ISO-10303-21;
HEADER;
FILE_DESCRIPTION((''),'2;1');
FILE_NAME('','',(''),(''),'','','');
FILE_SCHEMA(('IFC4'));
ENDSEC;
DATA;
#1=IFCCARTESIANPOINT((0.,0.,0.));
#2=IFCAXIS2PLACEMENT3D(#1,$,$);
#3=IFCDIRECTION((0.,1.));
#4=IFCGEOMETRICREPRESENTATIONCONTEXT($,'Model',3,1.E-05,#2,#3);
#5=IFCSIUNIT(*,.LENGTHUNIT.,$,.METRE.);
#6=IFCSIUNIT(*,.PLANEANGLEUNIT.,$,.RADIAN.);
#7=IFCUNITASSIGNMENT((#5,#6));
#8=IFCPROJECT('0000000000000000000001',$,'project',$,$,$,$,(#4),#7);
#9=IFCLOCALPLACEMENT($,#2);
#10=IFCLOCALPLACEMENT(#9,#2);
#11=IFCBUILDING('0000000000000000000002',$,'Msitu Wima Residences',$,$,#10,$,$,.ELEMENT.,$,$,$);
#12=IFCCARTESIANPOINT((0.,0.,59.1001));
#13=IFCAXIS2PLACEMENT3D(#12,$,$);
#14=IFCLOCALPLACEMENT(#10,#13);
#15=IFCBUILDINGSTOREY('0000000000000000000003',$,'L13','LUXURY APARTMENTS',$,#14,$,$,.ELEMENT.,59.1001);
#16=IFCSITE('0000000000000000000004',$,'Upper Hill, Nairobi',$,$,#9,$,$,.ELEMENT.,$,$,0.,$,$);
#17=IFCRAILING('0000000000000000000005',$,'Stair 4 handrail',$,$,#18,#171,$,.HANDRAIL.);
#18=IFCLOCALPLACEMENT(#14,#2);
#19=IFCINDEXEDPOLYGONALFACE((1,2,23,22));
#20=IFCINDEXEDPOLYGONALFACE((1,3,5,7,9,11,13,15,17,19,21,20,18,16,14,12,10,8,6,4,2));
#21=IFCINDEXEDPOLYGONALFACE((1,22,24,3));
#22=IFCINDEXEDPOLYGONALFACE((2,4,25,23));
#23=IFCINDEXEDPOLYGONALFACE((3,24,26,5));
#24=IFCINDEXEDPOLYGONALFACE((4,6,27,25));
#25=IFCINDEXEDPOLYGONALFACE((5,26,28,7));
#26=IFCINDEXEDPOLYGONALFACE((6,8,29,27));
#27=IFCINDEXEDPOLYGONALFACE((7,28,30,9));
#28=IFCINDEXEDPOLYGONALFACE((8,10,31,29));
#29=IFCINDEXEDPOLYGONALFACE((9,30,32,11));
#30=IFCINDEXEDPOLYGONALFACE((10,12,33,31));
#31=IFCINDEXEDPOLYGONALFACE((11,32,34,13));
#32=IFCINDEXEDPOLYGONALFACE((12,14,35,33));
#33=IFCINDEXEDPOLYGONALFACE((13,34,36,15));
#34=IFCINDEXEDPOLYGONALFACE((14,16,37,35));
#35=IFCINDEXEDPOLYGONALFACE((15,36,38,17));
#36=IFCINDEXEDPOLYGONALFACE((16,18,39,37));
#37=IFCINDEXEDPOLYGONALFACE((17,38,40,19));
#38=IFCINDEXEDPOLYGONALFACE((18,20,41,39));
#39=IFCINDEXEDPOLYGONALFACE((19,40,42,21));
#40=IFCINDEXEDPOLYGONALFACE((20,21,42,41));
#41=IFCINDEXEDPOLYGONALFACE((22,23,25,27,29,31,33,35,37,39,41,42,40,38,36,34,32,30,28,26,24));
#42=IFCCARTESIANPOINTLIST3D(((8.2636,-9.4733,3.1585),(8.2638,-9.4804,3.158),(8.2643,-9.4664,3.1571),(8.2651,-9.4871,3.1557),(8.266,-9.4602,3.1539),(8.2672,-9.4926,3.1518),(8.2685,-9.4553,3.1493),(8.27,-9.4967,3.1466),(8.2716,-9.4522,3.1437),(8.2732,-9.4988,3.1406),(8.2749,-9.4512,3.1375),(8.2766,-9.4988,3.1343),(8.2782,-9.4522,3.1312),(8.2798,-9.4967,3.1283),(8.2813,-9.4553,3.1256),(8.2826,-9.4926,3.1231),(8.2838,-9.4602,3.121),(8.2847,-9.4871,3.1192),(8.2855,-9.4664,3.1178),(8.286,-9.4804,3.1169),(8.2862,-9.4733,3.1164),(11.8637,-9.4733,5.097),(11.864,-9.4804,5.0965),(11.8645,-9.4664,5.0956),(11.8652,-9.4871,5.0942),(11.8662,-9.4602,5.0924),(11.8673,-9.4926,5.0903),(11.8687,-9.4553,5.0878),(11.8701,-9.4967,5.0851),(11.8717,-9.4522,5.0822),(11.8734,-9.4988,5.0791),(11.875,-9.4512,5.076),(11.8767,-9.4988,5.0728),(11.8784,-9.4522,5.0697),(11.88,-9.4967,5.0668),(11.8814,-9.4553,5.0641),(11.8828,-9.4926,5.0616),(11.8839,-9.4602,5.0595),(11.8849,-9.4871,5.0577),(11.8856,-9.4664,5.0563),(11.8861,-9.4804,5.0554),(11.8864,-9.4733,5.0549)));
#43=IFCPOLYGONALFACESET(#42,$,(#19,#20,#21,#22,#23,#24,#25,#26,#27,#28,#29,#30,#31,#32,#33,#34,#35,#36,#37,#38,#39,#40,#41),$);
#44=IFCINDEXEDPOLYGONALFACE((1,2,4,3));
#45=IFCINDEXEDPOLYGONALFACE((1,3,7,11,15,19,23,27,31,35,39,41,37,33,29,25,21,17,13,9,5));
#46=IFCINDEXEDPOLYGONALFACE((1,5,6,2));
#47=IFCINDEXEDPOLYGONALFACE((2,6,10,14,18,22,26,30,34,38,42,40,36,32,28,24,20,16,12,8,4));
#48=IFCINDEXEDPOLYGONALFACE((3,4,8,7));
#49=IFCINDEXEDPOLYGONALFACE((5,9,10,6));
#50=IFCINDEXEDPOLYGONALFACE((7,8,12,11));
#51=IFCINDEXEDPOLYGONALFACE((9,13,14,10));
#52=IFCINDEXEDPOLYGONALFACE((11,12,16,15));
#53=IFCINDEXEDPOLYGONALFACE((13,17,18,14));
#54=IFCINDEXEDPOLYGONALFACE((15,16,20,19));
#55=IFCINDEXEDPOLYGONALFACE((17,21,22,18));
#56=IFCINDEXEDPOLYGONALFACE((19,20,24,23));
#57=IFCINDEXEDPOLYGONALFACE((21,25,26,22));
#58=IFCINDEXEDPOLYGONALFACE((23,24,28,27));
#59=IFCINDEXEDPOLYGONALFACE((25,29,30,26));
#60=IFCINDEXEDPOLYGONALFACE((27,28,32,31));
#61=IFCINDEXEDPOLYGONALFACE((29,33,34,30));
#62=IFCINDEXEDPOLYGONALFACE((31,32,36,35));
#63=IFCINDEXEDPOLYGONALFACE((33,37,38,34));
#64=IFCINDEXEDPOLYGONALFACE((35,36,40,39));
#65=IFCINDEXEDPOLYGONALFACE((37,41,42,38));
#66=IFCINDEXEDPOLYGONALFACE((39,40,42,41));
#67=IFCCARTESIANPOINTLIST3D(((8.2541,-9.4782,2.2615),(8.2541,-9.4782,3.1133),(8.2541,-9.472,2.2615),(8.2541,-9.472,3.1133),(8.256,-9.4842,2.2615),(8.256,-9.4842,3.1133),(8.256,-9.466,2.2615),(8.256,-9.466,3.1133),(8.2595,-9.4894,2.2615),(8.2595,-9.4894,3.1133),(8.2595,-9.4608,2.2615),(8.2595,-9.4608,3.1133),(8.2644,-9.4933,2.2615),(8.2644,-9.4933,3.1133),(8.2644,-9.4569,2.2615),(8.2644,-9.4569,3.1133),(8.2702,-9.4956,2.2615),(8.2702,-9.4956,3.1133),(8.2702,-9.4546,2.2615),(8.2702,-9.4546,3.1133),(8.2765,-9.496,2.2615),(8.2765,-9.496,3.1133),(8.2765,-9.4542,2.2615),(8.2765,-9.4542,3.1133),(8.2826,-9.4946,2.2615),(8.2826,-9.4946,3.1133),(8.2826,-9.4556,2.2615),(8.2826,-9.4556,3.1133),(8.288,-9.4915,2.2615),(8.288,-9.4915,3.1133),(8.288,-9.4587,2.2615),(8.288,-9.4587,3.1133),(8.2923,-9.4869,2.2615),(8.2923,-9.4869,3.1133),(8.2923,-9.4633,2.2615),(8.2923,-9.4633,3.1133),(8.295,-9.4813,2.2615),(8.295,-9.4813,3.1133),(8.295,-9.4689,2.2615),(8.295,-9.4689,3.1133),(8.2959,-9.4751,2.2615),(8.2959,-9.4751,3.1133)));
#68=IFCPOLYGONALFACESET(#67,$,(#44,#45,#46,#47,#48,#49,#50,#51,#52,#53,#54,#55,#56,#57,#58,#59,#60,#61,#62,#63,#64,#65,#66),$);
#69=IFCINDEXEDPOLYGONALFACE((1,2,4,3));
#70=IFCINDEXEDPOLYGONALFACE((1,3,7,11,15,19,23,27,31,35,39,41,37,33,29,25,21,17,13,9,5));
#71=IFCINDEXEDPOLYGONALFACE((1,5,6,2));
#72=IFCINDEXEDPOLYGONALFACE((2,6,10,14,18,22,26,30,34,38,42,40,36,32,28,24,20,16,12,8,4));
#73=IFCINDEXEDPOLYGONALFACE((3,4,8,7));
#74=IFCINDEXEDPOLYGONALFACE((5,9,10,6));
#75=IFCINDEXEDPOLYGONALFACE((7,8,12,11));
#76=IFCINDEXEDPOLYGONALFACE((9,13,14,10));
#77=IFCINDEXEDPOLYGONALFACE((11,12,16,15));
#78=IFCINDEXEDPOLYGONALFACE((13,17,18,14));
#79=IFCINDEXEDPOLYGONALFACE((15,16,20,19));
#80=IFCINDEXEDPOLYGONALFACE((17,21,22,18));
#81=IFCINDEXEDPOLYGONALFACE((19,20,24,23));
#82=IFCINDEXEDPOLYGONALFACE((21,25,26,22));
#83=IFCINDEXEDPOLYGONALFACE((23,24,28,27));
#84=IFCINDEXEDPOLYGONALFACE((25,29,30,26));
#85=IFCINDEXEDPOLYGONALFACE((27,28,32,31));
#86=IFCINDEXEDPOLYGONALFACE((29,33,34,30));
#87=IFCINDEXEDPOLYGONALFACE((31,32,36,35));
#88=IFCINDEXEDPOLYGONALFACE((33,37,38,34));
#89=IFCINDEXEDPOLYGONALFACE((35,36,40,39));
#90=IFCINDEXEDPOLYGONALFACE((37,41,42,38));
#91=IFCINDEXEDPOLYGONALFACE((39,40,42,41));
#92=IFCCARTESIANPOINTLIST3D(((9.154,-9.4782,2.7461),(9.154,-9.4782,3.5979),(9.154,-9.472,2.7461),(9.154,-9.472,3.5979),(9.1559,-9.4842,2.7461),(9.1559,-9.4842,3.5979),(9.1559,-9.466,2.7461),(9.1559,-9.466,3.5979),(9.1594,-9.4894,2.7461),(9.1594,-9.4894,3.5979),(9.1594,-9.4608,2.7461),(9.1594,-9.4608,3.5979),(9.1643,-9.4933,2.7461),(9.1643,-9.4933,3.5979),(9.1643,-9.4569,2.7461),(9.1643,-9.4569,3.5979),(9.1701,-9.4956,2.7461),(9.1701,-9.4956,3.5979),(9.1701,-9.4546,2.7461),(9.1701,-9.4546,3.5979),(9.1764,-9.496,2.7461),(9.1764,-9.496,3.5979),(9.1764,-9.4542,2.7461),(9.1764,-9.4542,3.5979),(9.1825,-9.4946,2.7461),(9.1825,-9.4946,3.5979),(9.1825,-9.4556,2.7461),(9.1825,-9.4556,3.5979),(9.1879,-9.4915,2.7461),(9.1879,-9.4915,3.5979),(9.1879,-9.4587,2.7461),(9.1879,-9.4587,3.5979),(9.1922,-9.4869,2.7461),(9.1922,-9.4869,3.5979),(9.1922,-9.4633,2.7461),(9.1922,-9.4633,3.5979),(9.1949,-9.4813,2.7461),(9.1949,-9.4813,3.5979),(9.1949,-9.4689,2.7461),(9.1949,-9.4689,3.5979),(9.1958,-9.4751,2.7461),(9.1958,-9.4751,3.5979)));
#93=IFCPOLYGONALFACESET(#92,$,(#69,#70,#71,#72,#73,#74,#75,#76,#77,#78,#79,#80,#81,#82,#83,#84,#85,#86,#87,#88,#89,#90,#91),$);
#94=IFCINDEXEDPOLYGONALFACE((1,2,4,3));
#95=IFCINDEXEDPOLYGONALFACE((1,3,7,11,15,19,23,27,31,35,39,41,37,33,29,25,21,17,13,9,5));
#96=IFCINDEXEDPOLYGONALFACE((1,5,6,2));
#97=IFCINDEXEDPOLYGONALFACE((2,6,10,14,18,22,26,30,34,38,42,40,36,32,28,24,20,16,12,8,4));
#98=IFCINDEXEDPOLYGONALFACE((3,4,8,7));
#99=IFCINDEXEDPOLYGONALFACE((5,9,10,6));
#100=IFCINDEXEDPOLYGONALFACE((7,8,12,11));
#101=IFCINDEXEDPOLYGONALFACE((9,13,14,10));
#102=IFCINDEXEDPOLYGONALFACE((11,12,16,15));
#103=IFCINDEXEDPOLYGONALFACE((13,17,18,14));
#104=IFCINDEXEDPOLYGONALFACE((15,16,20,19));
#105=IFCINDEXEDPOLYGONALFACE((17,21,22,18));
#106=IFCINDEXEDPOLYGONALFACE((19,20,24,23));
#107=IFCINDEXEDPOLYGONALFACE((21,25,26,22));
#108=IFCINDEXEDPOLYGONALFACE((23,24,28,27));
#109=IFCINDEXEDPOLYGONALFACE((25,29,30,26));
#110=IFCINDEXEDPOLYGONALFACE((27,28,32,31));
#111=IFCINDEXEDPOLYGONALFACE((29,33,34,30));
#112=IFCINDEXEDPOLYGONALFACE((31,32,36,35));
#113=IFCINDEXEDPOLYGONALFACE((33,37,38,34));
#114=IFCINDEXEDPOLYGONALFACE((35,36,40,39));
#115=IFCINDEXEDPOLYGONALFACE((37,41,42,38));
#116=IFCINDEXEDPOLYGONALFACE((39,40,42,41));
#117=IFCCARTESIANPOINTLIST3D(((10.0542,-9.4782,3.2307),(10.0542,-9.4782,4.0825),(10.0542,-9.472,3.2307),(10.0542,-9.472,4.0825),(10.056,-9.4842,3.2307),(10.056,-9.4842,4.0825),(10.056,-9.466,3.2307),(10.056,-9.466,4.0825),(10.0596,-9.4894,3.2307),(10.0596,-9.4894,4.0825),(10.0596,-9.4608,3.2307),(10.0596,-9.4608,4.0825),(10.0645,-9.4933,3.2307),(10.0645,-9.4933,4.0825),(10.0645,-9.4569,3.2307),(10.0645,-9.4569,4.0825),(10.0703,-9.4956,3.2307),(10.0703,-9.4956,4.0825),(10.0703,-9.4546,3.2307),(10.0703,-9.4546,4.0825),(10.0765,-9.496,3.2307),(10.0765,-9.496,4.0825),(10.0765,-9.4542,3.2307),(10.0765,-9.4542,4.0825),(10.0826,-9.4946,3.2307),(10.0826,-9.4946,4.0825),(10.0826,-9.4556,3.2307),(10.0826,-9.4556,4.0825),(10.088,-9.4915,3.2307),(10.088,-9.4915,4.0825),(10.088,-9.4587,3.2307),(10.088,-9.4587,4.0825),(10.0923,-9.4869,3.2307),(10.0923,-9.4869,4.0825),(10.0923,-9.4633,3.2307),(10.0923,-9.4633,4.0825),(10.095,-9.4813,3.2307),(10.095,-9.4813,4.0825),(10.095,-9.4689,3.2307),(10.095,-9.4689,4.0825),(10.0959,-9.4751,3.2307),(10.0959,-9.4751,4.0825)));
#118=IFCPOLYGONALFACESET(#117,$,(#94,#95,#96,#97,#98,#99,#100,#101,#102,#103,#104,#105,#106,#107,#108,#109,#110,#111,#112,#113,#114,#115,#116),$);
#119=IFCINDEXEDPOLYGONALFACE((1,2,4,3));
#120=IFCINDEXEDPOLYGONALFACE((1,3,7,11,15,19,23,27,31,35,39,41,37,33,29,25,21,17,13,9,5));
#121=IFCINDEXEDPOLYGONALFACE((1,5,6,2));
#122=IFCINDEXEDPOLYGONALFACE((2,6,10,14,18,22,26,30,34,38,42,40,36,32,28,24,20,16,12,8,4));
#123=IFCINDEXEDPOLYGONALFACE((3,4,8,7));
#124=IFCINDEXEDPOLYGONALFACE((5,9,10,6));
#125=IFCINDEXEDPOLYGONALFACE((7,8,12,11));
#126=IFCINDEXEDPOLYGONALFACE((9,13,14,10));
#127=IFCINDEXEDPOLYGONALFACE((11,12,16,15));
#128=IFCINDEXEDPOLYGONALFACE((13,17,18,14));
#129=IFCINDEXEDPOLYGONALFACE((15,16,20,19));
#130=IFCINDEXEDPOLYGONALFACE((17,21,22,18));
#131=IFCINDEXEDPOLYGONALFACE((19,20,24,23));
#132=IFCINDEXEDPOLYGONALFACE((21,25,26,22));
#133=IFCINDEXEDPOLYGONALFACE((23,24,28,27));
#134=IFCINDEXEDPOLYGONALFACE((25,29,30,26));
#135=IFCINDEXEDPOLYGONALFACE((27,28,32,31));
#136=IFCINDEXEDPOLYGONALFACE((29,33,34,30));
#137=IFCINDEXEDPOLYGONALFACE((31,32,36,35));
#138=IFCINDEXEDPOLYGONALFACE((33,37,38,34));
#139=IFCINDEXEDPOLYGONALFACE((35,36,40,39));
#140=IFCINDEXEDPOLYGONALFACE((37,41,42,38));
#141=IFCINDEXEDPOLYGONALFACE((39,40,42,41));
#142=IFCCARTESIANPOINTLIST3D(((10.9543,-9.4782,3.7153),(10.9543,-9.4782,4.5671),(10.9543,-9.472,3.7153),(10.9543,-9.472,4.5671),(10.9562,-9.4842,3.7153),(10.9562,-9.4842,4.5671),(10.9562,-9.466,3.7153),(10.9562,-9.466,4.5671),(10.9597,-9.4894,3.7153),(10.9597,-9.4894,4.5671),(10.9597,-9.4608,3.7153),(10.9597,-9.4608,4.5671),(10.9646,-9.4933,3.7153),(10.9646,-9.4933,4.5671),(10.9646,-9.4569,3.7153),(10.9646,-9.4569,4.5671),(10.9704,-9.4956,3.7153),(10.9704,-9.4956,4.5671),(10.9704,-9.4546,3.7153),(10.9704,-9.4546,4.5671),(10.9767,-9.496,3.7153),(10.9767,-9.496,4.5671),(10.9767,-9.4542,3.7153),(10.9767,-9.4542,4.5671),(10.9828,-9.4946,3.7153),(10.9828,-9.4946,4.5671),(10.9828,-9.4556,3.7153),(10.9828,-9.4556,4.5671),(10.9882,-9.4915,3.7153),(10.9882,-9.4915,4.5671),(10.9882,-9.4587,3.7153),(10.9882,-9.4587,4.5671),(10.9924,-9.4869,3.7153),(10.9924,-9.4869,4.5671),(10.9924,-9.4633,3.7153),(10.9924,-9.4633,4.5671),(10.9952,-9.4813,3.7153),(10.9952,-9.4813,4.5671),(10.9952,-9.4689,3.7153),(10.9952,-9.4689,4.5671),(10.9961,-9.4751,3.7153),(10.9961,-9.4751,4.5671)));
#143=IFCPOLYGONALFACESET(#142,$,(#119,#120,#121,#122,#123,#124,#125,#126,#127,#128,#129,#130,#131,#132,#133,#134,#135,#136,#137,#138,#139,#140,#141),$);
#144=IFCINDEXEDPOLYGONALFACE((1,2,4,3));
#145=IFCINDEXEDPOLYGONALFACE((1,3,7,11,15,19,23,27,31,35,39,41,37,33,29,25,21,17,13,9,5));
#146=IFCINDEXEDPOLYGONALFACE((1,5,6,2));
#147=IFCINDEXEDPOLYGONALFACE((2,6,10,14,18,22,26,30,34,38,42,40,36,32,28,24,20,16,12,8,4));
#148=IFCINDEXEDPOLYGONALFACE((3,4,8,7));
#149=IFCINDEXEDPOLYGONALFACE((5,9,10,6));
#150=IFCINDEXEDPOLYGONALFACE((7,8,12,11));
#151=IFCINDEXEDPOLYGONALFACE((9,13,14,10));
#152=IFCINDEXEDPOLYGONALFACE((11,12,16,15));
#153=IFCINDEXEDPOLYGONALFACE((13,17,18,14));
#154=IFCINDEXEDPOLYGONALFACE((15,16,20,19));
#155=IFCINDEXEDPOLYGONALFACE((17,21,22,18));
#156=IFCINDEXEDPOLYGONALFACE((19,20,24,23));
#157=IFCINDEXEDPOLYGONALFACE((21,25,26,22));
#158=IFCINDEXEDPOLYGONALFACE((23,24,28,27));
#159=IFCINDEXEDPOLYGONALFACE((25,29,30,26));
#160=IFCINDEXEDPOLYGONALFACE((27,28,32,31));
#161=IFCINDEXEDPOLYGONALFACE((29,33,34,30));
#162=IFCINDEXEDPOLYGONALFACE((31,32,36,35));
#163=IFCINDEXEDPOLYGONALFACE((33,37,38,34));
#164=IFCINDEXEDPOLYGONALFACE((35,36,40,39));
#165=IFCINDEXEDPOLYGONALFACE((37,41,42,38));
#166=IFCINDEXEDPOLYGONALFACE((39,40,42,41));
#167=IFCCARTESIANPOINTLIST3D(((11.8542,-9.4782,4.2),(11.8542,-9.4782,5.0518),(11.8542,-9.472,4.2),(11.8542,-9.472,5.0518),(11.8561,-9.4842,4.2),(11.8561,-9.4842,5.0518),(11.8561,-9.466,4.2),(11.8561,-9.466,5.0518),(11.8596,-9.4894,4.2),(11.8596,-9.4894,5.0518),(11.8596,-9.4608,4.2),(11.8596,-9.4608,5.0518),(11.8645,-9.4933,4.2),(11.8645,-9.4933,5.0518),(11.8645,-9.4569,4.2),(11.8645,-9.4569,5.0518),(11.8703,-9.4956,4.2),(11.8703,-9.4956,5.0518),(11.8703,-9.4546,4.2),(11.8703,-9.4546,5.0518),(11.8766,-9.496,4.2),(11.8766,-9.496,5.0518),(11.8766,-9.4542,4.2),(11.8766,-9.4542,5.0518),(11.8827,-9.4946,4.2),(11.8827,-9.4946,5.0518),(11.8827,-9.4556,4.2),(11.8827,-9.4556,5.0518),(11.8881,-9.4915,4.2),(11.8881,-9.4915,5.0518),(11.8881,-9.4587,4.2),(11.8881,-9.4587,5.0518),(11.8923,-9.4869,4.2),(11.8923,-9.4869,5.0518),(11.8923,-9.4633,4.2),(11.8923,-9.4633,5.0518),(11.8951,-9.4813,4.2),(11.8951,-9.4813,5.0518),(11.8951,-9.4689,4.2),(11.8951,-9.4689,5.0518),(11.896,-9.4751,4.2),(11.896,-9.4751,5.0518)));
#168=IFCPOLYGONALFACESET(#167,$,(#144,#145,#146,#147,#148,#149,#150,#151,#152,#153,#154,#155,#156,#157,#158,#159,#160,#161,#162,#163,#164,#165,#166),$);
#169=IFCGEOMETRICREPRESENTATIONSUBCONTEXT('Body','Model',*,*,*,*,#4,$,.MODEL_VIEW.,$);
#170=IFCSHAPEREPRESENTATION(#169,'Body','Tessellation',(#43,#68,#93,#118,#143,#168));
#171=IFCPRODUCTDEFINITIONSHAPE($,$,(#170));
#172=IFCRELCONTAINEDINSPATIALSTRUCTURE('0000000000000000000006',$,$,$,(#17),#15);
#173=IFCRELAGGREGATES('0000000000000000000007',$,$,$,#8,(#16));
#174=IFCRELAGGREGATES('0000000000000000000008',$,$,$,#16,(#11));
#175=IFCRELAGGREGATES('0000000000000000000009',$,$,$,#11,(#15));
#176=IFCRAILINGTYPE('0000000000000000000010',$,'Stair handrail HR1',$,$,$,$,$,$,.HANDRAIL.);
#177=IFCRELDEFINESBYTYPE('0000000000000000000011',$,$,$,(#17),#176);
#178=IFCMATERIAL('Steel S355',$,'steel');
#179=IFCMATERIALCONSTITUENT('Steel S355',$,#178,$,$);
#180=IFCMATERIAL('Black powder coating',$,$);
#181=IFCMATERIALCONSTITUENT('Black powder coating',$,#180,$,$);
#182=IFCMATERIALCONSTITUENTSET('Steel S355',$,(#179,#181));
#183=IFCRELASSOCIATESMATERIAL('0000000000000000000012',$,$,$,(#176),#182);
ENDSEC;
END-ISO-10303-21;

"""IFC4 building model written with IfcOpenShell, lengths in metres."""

from ifc_helpers import new_model, si_unit, direction, frame, origin, origin_2d, place, context, subcontext, project, spatial, circle, extrude, material, constituent, constituent_set, type_object, element, save


model = new_model("IFC4")

# Units and contexts
model_context = context("Model", 3, precision=1e-05, world=origin(), true_north=direction((0.0, 1.0)))
body_context = subcontext(model_context, "Body", "Model", "MODEL_VIEW")
ifc_project = project(units=[si_unit("LENGTHUNIT", "METRE"), si_unit("PLANEANGLEUNIT", "RADIAN")], contexts=[model_context])

# Site, building, storey
site_placement = place(None, origin())
site = spatial("IfcSite", under=ifc_project, at=site_placement, Name="Upper Hill, Nairobi", CompositionType="ELEMENT", RefElevation=0.0)
building_placement = place(site_placement, origin())
building = spatial("IfcBuilding", under=site, at=building_placement, Name="Msitu Wima Residences", CompositionType="ELEMENT")
storey_placement = place(building_placement, frame((0.0, 0.0, 59.1001)))
storey = spatial("IfcBuildingStorey", under=building, at=storey_placement, Name="L13", Description="LUXURY APARTMENTS", CompositionType="ELEMENT", Elevation=59.1001)

# Railing
ifc_material_1 = material(Name="Steel S355", Category="steel")
ifc_constituent_1 = constituent(ifc_material_1, Name="Steel S355")
ifc_material_2 = material(Name="Black powder coating")
ifc_constituent_2 = constituent(ifc_material_2, Name="Black powder coating")
ifc_constituent_set = constituent_set(constituents=[ifc_constituent_1, ifc_constituent_2], Name="Steel S355")
railing_type = type_object("IfcRailingType", Name="Stair handrail HR1", PredefinedType="HANDRAIL", material=ifc_constituent_set)
for number, where, name in (
    (1, (8.2749, -9.4751, 2.2615), "Stair 4 handrail"),
):
    element("IfcRailing", number, at=place(storey_placement, frame(where)), inside=storey, type_object=railing_type, Name=name, PredefinedType="HANDRAIL", context=body_context, shape_type="SweptSolid", body=[
        extrude(circle(Radius=0.0239, at=origin_2d()), frame((0.0, 0.0, 0.876), z_axis=(0.880475, 0.0, 0.474093), x_axis=(0.0, 1.0, 0.0)), (0.0, 0.0, 1.0), 4.0889),
        extrude(circle(Radius=0.021, at=origin_2d()), origin(), (0.0, 0.0, 1.0), 0.8518),
        extrude(circle(Radius=0.021, at=origin_2d()), frame((0.8999, 0.0, 0.4846)), (0.0, 0.0, 1.0), 0.8518),
        extrude(circle(Radius=0.021, at=origin_2d()), frame((1.8, 0.0, 0.9692)), (0.0, 0.0, 1.0), 0.8518),
        extrude(circle(Radius=0.021, at=origin_2d()), frame((2.7002, 0.0, 1.4539)), (0.0, 0.0, 1.0), 0.8518),
        extrude(circle(Radius=0.021, at=origin_2d()), frame((3.6001, 0.0, 1.9385)), (0.0, 0.0, 1.0), 0.8518),
    ])

save(model, "model.ifc")
